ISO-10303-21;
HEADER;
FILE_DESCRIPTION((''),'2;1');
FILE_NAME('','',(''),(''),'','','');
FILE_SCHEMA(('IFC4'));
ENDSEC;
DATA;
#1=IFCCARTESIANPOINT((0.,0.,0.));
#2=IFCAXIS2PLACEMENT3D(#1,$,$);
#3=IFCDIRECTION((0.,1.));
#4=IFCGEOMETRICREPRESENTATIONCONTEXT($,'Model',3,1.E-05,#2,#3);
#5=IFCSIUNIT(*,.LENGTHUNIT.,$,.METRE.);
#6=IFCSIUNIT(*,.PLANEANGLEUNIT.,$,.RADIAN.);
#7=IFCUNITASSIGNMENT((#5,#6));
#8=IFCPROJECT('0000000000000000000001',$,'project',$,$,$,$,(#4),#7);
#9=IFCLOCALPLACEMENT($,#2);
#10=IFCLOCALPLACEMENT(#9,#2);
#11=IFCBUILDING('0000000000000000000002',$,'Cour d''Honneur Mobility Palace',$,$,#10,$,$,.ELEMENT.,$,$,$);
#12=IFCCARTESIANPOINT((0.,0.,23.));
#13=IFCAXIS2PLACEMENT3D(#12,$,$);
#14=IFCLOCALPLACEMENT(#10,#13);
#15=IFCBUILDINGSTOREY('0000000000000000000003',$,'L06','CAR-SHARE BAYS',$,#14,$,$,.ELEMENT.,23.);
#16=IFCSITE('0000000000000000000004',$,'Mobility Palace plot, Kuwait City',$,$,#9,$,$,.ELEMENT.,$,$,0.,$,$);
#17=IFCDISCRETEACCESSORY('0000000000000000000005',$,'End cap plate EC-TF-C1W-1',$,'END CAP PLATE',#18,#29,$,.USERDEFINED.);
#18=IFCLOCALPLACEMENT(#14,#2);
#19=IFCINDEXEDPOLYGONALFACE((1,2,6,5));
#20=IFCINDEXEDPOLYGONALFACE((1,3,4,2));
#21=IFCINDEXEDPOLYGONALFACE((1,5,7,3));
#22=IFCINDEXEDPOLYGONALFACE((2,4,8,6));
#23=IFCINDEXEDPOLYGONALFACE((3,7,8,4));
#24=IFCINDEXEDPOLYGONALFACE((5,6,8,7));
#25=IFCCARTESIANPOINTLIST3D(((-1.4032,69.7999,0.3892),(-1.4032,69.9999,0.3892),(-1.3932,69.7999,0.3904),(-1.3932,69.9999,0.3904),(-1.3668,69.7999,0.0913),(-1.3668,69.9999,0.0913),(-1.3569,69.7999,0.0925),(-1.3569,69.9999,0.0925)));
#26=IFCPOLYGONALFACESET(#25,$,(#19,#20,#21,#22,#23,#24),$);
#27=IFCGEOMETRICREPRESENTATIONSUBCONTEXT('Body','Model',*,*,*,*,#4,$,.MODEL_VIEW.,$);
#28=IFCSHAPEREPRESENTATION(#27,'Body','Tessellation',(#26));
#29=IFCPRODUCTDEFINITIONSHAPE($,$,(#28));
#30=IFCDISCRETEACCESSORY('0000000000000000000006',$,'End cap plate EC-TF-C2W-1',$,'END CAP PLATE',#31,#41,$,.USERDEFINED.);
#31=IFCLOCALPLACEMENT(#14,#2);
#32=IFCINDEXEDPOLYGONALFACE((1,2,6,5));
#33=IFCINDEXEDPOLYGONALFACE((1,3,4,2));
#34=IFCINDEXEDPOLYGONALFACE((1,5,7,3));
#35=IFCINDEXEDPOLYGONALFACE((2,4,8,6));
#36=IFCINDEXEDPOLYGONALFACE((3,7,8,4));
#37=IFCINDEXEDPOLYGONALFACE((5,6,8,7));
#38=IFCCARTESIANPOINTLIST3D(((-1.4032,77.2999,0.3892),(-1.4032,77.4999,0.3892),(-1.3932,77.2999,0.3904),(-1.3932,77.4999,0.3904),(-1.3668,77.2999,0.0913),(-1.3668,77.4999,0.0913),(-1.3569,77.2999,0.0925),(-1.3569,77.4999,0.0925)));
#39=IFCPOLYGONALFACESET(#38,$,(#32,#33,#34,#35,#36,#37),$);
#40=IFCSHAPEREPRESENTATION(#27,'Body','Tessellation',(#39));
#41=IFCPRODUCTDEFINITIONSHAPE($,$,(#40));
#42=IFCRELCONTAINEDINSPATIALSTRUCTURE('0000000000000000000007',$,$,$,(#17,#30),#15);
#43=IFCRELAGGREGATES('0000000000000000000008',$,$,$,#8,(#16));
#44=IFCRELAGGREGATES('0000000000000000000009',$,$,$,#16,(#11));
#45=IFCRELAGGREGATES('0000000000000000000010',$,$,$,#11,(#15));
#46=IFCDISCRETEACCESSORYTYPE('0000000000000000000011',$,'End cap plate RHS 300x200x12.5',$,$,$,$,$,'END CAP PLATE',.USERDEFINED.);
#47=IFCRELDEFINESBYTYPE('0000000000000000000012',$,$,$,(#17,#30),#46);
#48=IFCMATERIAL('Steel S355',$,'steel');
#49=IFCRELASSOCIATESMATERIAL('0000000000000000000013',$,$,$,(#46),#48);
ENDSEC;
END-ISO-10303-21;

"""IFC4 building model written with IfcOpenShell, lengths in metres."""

from ifc_helpers import new_model, si_unit, direction, frame, origin, origin_2d, place, context, subcontext, project, spatial, rectangle, extrude, material, material_profile, profile_set, type_object, element, save


model = new_model("IFC4")

# Units and contexts
model_context = context("Model", 3, precision=1e-05, world=origin(), true_north=direction((0.0, 1.0)))
body_context = subcontext(model_context, "Body", "Model", "MODEL_VIEW")
ifc_project = project(units=[si_unit("LENGTHUNIT", "METRE"), si_unit("PLANEANGLEUNIT", "RADIAN")], contexts=[model_context])

# Site, building, storey
site_placement = place(None, origin())
site = spatial("IfcSite", under=ifc_project, at=site_placement, Name="Mobility Palace plot, Kuwait City", CompositionType="ELEMENT", RefElevation=0.0)
building_placement = place(site_placement, origin())
building = spatial("IfcBuilding", under=site, at=building_placement, Name="Cour d'Honneur Mobility Palace", CompositionType="ELEMENT")
storey_placement = place(building_placement, frame((0.0, 0.0, 23.0)))
storey = spatial("IfcBuildingStorey", under=building, at=storey_placement, Name="L06", Description="CAR-SHARE BAYS", CompositionType="ELEMENT", Elevation=23.0)

# Discrete accessories
ifc_material_1 = material(Name="Steel S355", Category="steel")
ifc_material_profile_1 = material_profile(ifc_material_1, rectangle(XDim=0.2, YDim=0.3, at=origin_2d()), Name="PL 300x200x10")
ifc_profile_set_1 = profile_set([ifc_material_profile_1], Name="Steel S355")
discrete_accessory_type_1 = type_object("IfcDiscreteAccessoryType", Name="End cap plate RHS 300x200x12.5", ElementType="END CAP PLATE", PredefinedType="USERDEFINED", material=ifc_profile_set_1)
for number, where, z_axis, x_axis, name in (
    (1, (-1.385, 69.8999, 0.2402), (0.992646, 0.0, 0.121054), (0.0, 1.0, 0.0), "End cap plate EC-TF-C1W-1"),
    (2, (-1.385, 77.3999, 0.2402), (0.992646, 0.0, 0.121054), (0.0, 1.0, 0.0), "End cap plate EC-TF-C2W-1"),
):
    element("IfcDiscreteAccessory", number, at=place(storey_placement, frame(where, z_axis=z_axis, x_axis=x_axis)), inside=storey, type_object=discrete_accessory_type_1, Name=name, ObjectType="END CAP PLATE", PredefinedType="USERDEFINED", context=body_context, shape_type="SweptSolid", body=[
        extrude(rectangle(XDim=0.2, YDim=0.3, at=origin_2d()), origin(), (0.0, 0.0, 1.0), 0.01),
    ])

save(model, "model.ifc")
